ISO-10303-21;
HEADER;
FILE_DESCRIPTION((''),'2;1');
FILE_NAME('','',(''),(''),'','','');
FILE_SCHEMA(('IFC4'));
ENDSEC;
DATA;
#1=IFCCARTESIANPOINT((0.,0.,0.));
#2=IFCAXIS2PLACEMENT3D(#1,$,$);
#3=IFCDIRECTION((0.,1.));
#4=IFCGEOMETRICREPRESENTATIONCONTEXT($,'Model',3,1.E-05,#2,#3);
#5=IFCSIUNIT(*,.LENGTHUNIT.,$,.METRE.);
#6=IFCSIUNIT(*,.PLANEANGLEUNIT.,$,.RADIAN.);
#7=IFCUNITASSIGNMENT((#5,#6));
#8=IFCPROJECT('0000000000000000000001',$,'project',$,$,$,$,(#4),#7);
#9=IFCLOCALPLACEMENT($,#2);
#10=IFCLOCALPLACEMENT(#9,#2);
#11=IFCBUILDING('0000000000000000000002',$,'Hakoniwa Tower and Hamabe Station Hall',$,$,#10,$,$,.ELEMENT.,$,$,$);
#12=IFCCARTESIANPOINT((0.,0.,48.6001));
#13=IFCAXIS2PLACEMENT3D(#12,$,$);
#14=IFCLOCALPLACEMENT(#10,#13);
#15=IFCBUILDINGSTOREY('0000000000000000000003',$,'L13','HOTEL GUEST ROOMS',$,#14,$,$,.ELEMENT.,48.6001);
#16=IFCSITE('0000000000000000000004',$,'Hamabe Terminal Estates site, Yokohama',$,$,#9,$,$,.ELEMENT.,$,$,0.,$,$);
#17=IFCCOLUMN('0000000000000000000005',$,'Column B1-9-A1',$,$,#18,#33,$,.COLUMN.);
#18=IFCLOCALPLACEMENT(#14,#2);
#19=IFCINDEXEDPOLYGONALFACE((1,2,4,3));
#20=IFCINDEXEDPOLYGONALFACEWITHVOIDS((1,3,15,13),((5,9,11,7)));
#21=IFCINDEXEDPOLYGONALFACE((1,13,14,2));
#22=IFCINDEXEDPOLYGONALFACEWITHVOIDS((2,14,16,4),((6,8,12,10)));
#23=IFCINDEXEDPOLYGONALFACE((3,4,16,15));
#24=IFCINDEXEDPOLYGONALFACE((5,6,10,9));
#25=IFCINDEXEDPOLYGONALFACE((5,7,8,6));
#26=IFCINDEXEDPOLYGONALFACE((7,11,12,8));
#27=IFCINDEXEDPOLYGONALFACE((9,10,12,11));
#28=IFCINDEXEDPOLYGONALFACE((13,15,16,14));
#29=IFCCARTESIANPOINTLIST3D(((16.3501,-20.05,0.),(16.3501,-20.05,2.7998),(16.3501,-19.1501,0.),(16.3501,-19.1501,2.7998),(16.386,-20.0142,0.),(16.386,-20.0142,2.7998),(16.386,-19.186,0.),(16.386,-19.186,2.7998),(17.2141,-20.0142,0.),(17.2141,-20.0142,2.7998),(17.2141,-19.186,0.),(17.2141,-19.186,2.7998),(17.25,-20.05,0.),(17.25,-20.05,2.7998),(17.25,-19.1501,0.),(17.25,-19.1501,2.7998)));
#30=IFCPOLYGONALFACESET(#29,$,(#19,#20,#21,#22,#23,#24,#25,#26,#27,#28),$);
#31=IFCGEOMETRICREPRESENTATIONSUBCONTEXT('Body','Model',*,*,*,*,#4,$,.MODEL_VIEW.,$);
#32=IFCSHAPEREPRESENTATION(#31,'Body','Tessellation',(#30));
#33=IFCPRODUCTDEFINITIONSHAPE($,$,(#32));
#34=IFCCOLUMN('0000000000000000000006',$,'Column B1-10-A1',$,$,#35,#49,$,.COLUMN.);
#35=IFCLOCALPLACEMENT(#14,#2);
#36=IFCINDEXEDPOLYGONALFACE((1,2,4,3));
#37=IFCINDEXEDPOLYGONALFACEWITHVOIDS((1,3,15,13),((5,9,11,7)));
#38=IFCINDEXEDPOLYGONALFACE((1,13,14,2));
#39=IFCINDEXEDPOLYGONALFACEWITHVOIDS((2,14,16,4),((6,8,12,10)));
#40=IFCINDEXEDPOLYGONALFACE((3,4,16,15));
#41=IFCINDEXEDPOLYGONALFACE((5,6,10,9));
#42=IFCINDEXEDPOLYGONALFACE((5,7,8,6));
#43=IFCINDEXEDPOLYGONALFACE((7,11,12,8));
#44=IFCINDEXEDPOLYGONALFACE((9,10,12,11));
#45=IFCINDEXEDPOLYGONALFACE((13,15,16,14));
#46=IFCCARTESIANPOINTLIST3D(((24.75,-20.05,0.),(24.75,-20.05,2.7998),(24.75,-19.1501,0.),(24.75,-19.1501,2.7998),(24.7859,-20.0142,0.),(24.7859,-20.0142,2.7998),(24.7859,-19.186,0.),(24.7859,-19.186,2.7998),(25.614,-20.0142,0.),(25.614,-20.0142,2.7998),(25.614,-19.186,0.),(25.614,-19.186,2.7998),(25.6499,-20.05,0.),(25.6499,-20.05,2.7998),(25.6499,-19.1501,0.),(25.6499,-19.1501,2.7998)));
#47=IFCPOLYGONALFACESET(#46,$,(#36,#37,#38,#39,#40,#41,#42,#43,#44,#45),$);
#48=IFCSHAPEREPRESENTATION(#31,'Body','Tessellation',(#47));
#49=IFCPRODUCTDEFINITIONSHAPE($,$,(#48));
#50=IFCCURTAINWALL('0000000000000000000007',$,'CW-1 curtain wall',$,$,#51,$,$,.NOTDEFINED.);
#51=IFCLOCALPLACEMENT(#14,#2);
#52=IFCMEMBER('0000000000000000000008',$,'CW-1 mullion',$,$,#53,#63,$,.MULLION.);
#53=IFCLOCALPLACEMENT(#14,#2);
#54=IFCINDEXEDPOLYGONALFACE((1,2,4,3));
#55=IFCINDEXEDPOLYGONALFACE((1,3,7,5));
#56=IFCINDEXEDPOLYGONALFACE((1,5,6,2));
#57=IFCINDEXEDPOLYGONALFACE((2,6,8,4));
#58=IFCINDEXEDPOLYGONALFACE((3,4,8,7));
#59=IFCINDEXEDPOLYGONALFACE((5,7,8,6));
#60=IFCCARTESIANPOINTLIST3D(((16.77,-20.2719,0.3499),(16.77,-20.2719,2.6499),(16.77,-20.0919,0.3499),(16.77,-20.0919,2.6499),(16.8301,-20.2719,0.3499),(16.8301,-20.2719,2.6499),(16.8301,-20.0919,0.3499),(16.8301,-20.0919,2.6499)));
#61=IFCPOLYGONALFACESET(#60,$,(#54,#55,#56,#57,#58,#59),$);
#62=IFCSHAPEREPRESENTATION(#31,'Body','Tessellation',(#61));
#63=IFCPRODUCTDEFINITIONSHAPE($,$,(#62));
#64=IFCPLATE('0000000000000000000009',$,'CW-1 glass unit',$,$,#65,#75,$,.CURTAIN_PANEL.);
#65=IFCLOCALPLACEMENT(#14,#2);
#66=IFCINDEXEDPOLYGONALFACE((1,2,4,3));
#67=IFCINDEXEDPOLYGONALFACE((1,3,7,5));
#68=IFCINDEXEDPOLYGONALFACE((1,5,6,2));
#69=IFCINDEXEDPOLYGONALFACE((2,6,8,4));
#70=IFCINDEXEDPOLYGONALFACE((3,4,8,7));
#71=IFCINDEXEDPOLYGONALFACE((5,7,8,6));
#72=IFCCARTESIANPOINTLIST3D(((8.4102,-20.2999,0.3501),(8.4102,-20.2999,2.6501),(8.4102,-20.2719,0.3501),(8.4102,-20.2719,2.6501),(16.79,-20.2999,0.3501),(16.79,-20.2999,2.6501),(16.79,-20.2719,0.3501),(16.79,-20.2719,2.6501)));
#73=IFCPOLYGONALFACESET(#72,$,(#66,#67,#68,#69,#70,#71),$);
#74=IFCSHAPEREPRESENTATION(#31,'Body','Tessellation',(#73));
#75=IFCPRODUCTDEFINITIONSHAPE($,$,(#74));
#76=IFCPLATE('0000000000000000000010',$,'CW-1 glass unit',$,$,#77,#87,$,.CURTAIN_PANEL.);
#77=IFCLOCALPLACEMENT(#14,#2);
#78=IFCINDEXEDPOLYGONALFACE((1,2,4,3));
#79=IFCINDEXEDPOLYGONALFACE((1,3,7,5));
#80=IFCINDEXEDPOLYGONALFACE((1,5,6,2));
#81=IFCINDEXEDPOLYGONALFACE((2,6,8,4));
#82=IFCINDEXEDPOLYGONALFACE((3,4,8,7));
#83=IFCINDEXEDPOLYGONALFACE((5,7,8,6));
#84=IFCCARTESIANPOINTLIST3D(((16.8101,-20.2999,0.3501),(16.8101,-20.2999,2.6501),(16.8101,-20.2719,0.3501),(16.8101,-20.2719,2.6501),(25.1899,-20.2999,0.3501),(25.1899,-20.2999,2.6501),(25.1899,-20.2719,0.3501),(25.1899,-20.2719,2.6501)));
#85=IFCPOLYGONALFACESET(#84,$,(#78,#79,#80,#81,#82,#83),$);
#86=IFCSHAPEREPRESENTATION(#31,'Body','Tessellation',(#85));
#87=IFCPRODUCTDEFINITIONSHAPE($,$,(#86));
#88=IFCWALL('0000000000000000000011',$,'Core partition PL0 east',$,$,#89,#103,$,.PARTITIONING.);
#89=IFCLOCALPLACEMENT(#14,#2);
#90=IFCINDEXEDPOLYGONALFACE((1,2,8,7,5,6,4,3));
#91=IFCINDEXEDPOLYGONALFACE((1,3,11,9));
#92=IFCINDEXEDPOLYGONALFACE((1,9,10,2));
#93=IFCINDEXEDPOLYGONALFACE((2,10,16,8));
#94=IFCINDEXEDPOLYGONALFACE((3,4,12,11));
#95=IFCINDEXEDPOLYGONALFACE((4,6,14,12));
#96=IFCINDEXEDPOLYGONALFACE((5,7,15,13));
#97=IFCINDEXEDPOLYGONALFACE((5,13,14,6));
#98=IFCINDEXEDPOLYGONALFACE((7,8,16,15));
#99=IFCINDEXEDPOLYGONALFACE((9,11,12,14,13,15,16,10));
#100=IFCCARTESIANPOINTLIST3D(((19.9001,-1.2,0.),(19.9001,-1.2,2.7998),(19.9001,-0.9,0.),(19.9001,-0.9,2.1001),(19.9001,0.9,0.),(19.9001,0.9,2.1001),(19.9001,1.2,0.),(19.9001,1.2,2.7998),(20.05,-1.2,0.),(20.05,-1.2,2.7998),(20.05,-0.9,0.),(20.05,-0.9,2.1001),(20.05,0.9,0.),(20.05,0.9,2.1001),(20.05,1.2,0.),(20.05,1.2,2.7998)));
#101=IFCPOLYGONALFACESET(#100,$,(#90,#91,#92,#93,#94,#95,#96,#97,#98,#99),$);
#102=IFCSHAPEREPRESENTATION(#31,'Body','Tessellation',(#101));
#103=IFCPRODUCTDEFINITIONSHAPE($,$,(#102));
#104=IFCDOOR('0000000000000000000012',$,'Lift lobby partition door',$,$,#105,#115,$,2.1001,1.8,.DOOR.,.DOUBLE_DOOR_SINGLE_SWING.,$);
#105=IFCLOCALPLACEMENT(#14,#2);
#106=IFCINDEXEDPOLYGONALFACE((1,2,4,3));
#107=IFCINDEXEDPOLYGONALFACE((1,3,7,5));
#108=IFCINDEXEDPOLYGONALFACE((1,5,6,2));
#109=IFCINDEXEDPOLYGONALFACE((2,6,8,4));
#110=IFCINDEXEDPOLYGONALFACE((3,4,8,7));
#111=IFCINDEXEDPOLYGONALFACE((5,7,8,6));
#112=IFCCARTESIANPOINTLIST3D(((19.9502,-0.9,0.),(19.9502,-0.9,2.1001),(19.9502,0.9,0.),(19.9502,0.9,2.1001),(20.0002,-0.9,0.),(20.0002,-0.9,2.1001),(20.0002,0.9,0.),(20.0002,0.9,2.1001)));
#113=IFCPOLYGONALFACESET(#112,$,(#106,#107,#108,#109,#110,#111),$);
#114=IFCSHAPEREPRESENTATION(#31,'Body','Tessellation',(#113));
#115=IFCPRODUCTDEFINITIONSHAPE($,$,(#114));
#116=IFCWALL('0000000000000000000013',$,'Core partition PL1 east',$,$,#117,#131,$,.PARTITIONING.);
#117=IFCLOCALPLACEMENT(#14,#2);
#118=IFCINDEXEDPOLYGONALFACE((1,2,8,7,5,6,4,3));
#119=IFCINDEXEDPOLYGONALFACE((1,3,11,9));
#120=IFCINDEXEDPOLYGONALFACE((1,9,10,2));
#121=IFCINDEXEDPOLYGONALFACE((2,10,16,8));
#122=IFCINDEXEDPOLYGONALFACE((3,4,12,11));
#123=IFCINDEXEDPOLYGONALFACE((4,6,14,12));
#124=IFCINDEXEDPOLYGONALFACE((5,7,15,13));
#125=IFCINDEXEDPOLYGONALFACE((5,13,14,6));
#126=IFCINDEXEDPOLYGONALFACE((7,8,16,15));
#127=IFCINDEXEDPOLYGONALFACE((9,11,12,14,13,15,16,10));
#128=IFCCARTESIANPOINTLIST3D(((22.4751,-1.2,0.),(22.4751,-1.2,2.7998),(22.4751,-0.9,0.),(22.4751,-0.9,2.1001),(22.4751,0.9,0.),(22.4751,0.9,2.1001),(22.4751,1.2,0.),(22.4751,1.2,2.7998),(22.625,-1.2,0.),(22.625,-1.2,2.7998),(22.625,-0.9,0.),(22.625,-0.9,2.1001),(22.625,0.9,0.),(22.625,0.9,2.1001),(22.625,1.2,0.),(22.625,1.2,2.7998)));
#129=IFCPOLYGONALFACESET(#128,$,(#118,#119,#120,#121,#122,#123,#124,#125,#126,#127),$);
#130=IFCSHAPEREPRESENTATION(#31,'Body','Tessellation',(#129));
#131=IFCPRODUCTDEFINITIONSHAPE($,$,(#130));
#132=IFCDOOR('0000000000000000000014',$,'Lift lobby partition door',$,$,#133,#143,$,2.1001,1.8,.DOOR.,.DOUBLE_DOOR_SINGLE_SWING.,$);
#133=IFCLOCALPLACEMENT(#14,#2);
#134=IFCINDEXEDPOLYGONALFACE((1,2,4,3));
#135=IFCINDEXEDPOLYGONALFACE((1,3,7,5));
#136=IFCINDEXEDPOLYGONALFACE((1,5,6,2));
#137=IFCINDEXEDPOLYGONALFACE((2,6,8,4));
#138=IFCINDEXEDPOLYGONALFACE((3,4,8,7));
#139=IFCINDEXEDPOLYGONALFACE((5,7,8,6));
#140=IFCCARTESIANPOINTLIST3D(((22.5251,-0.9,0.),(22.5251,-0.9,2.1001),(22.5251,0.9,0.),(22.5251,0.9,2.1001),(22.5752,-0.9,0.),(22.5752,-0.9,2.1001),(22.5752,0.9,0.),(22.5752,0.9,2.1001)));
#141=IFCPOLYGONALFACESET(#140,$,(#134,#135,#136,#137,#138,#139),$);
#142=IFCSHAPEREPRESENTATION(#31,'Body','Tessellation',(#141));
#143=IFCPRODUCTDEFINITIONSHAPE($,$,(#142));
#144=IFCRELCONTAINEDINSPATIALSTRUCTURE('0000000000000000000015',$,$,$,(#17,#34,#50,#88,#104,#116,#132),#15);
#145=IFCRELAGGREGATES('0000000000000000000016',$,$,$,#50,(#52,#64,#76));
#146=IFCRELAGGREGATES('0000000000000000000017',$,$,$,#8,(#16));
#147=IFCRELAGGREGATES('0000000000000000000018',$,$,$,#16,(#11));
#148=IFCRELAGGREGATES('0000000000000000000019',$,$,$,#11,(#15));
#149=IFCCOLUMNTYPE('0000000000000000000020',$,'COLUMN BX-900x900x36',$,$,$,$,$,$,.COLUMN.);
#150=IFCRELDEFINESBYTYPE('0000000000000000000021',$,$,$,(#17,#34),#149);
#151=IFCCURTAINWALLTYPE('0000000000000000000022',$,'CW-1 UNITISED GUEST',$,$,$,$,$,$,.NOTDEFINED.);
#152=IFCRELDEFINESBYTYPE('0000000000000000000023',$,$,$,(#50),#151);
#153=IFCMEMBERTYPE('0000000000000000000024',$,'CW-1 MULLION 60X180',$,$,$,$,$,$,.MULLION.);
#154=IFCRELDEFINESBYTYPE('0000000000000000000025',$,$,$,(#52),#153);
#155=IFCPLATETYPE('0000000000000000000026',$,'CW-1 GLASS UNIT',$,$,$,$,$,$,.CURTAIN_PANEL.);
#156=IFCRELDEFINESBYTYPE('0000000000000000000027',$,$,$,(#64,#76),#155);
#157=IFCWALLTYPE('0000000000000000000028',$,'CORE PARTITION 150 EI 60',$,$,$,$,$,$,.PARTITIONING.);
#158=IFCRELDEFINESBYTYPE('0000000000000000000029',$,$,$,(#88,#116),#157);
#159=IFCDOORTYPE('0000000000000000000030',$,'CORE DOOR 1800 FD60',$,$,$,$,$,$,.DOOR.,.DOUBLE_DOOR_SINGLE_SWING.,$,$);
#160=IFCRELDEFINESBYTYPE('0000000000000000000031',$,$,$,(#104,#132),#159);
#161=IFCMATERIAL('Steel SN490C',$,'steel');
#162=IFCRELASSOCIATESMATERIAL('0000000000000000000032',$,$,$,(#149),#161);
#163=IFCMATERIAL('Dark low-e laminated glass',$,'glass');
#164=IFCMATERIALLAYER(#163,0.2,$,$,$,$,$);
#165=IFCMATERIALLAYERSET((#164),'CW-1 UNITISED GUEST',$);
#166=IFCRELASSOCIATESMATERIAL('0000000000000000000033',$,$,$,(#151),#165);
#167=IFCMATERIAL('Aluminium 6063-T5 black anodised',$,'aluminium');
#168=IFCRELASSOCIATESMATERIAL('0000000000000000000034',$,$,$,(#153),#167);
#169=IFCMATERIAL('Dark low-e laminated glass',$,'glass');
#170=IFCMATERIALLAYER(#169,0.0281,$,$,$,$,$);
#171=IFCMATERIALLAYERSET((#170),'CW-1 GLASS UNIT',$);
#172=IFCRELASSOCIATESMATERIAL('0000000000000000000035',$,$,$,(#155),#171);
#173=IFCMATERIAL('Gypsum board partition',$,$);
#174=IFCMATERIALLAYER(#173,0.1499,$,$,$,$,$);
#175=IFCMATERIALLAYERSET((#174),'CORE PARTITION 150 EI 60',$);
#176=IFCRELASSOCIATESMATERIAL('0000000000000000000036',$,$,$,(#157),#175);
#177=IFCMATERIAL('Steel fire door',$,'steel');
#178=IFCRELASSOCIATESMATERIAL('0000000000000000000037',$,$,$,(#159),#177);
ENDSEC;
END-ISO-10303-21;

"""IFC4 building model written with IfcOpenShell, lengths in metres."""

from ifc_helpers import new_model, si_unit, direction, frame, frame_2d, origin, origin_2d, place, context, subcontext, project, spatial, rectangle, hollow_rectangle, extrude, material, layer, layer_set, material_profile, profile_set, type_object, element, fill, aggregate, save


model = new_model("IFC4")

# Units and contexts
model_context = context("Model", 3, precision=1e-05, world=origin(), true_north=direction((0.0, 1.0)))
body_context = subcontext(model_context, "Body", "Model", "MODEL_VIEW")
ifc_project = project(units=[si_unit("LENGTHUNIT", "METRE"), si_unit("PLANEANGLEUNIT", "RADIAN")], contexts=[model_context])

# Site, building, storey
site_placement = place(None, origin())
site = spatial("IfcSite", under=ifc_project, at=site_placement, Name="Hamabe Terminal Estates site, Yokohama", CompositionType="ELEMENT", RefElevation=0.0)
building_placement = place(site_placement, origin())
building = spatial("IfcBuilding", under=site, at=building_placement, Name="Hakoniwa Tower and Hamabe Station Hall", CompositionType="ELEMENT")
storey_placement = place(building_placement, frame((0.0, 0.0, 48.6001)))
storey = spatial("IfcBuildingStorey", under=building, at=storey_placement, Name="L13", Description="HOTEL GUEST ROOMS", CompositionType="ELEMENT", Elevation=48.6001)

# Columns
ifc_material_1 = material(Name="Steel SN490C", Category="steel")
ifc_material_profile_1 = material_profile(ifc_material_1, hollow_rectangle(XDim=0.8999, YDim=0.8999, WallThickness=0.0359, at=origin_2d()), Name="BX-900x900x36")
ifc_profile_set_1 = profile_set([ifc_material_profile_1], Name="Steel SN490C")
column_type = type_object("IfcColumnType", Name="COLUMN BX-900x900x36", PredefinedType="COLUMN", material=ifc_profile_set_1)
for number, where, z_axis, x_axis, name in (
    (1, (16.8, -19.6001, 0.0), (0.0, 0.0, 1.0), (1.0, 0.0, 0.0), "Column B1-9-A1"),
    (2, (25.2, -19.6001, 0.0), (0.0, 0.0, 1.0), (1.0, 0.0, 0.0), "Column B1-10-A1"),
):
    element("IfcColumn", number, at=place(storey_placement, frame(where, z_axis=z_axis, x_axis=x_axis)), inside=storey, type_object=column_type, Name=name, PredefinedType="COLUMN", context=body_context, shape_type="SweptSolid", body=[
        extrude(hollow_rectangle(XDim=0.8999, YDim=0.8999, WallThickness=0.0359, at=origin_2d()), origin(), (0.0, 0.0, 1.0), 2.7998),
    ])

# Curtain wall, member, plates
ifc_material_2 = material(Name="Dark low-e laminated glass", Category="glass")
ifc_layer_1 = layer(ifc_material_2, 0.2)
ifc_layer_set_1 = layer_set([ifc_layer_1], Name="CW-1 UNITISED GUEST")
curtain_wall_type = type_object("IfcCurtainWallType", Name="CW-1 UNITISED GUEST", PredefinedType="NOTDEFINED", material=ifc_layer_set_1)
curtain_wall_placement = place(storey_placement, origin())
curtain_wall = element("IfcCurtainWall", 3, at=curtain_wall_placement, inside=storey, type_object=curtain_wall_type, Name="CW-1 curtain wall", PredefinedType="NOTDEFINED")
ifc_material_3 = material(Name="Aluminium 6063-T5 black anodised", Category="aluminium")
ifc_material_profile_2 = material_profile(ifc_material_3, rectangle(XDim=0.0601, YDim=0.1799, at=origin_2d()), Name="CW-1 MULLION 60X180")
ifc_profile_set_2 = profile_set([ifc_material_profile_2], Name="Aluminium 6063-T5 black anodised")
member_type = type_object("IfcMemberType", Name="CW-1 MULLION 60X180", PredefinedType="MULLION", material=ifc_profile_set_2)
member_placement = place(storey_placement, frame((16.8, -20.1819, 0.3499), z_axis=(0.0, 0.0, 1.0), x_axis=(1.0, 0.0, 0.0)))
member = element("IfcMember", 4, at=member_placement, type_object=member_type, Name="CW-1 mullion", PredefinedType="MULLION", context=body_context, shape_type="SweptSolid", body=[
    extrude(rectangle(XDim=0.0601, YDim=0.1799, at=origin_2d()), origin(), (0.0, 0.0, 1.0), 2.3),
])
ifc_material_4 = material(Name="Dark low-e laminated glass", Category="glass")
ifc_layer_2 = layer(ifc_material_4, 0.0281)
ifc_layer_set_2 = layer_set([ifc_layer_2], Name="CW-1 GLASS UNIT")
plate_type = type_object("IfcPlateType", Name="CW-1 GLASS UNIT", PredefinedType="CURTAIN_PANEL", material=ifc_layer_set_2)
plate_1_placement = place(storey_placement, frame((12.6001, -20.2859, 0.3501), z_axis=(0.0, 0.0, 1.0), x_axis=(1.0, 0.0, 0.0)))
plate_1 = element("IfcPlate", 5, at=plate_1_placement, type_object=plate_type, Name="CW-1 glass unit", PredefinedType="CURTAIN_PANEL", context=body_context, shape_type="SweptSolid", body=[
    extrude(rectangle(XDim=8.3799, YDim=0.0281, at=origin_2d()), origin(), (0.0, 0.0, 1.0), 2.3),
])
plate_2_placement = place(storey_placement, frame((21.0, -20.2859, 0.3501), z_axis=(0.0, 0.0, 1.0), x_axis=(1.0, 0.0, 0.0)))
plate_2 = element("IfcPlate", 6, at=plate_2_placement, type_object=plate_type, Name="CW-1 glass unit", PredefinedType="CURTAIN_PANEL", context=body_context, shape_type="SweptSolid", body=[
    extrude(rectangle(XDim=8.3799, YDim=0.0281, at=origin_2d()), origin(), (0.0, 0.0, 1.0), 2.3),
])
aggregate(curtain_wall, [member, plate_1, plate_2])

# Walls, openings, doors
ifc_material_5 = material(Name="Gypsum board partition")
ifc_layer_3 = layer(ifc_material_5, 0.1499)
ifc_layer_set_3 = layer_set([ifc_layer_3], Name="CORE PARTITION 150 EI 60")
wall_type_1 = type_object("IfcWallType", Name="CORE PARTITION 150 EI 60", PredefinedType="PARTITIONING", material=ifc_layer_set_3)
wall_1_placement = place(storey_placement, frame((19.9751, -1.2, 0.0), z_axis=(0.0, 0.0, 1.0), x_axis=(0.0, 1.0, 0.0)))
wall_1 = element("IfcWall", 7, at=wall_1_placement, inside=storey, type_object=wall_type_1, Name="Core partition PL0 east", PredefinedType="PARTITIONING", context=body_context, shape_type="SweptSolid", body=[
    extrude(rectangle(XDim=2.3999, YDim=0.1499, at=frame_2d((1.2, 0.0))), origin(), (0.0, 0.0, 1.0), 2.7998),
])
opening_1_placement = place(wall_1_placement, frame((0.3, 0.0, 0.0)))
opening_1 = element("IfcOpeningElement", 8, at=opening_1_placement, cuts=wall_1, PredefinedType="OPENING", context=body_context, shape_type="SweptSolid", body=[
    extrude(rectangle(XDim=1.8, YDim=2.1001, at=frame_2d((0.8999, 1.05))), frame((0.0, 0.085, 0.0), z_axis=(0.0, -1.0, 0.0), x_axis=(1.0, 0.0, 0.0)), (0.0, 0.0, 1.0), 0.1699),
])
ifc_material_6 = material(Name="Steel fire door", Category="steel")
door_type_1 = type_object("IfcDoorType", Name="CORE DOOR 1800 FD60", OperationType="DOUBLE_DOOR_SINGLE_SWING", PredefinedType="DOOR", material=ifc_material_6)
door_1_placement = place(opening_1_placement, origin())
door_1 = element("IfcDoor", 9, at=door_1_placement, inside=storey, type_object=door_type_1, Name="Lift lobby partition door", OperationType="DOUBLE_DOOR_SINGLE_SWING", OverallHeight=2.1001, OverallWidth=1.8, PredefinedType="DOOR", context=body_context, shape_type="SweptSolid", body=[
    extrude(rectangle(XDim=1.8, YDim=2.1001, at=frame_2d((0.8999, 1.05))), frame((0.0, 0.0249, 0.0), z_axis=(0.0, -1.0, 0.0), x_axis=(1.0, 0.0, 0.0)), (0.0, 0.0, 1.0), 0.05),
])
fill(opening_1, door_1)
wall_2_placement = place(storey_placement, frame((22.55, -1.2, 0.0), z_axis=(0.0, 0.0, 1.0), x_axis=(0.0, 1.0, 0.0)))
wall_2 = element("IfcWall", 10, at=wall_2_placement, inside=storey, type_object=wall_type_1, Name="Core partition PL1 east", PredefinedType="PARTITIONING", context=body_context, shape_type="SweptSolid", body=[
    extrude(rectangle(XDim=2.3999, YDim=0.1499, at=frame_2d((1.2, 0.0))), origin(), (0.0, 0.0, 1.0), 2.7998),
])
opening_2_placement = place(wall_2_placement, frame((0.3, 0.0, 0.0)))
opening_2 = element("IfcOpeningElement", 11, at=opening_2_placement, cuts=wall_2, PredefinedType="OPENING", context=body_context, shape_type="SweptSolid", body=[
    extrude(rectangle(XDim=1.8, YDim=2.1001, at=frame_2d((0.8999, 1.05))), frame((0.0, 0.085, 0.0), z_axis=(0.0, -1.0, 0.0), x_axis=(1.0, 0.0, 0.0)), (0.0, 0.0, 1.0), 0.1699),
])
door_2_placement = place(opening_2_placement, origin())
door_2 = element("IfcDoor", 12, at=door_2_placement, inside=storey, type_object=door_type_1, Name="Lift lobby partition door", OperationType="DOUBLE_DOOR_SINGLE_SWING", OverallHeight=2.1001, OverallWidth=1.8, PredefinedType="DOOR", context=body_context, shape_type="SweptSolid", body=[
    extrude(rectangle(XDim=1.8, YDim=2.1001, at=frame_2d((0.8999, 1.05))), frame((0.0, 0.0249, 0.0), z_axis=(0.0, -1.0, 0.0), x_axis=(1.0, 0.0, 0.0)), (0.0, 0.0, 1.0), 0.05),
])
fill(opening_2, door_2)

save(model, "model.ifc")
